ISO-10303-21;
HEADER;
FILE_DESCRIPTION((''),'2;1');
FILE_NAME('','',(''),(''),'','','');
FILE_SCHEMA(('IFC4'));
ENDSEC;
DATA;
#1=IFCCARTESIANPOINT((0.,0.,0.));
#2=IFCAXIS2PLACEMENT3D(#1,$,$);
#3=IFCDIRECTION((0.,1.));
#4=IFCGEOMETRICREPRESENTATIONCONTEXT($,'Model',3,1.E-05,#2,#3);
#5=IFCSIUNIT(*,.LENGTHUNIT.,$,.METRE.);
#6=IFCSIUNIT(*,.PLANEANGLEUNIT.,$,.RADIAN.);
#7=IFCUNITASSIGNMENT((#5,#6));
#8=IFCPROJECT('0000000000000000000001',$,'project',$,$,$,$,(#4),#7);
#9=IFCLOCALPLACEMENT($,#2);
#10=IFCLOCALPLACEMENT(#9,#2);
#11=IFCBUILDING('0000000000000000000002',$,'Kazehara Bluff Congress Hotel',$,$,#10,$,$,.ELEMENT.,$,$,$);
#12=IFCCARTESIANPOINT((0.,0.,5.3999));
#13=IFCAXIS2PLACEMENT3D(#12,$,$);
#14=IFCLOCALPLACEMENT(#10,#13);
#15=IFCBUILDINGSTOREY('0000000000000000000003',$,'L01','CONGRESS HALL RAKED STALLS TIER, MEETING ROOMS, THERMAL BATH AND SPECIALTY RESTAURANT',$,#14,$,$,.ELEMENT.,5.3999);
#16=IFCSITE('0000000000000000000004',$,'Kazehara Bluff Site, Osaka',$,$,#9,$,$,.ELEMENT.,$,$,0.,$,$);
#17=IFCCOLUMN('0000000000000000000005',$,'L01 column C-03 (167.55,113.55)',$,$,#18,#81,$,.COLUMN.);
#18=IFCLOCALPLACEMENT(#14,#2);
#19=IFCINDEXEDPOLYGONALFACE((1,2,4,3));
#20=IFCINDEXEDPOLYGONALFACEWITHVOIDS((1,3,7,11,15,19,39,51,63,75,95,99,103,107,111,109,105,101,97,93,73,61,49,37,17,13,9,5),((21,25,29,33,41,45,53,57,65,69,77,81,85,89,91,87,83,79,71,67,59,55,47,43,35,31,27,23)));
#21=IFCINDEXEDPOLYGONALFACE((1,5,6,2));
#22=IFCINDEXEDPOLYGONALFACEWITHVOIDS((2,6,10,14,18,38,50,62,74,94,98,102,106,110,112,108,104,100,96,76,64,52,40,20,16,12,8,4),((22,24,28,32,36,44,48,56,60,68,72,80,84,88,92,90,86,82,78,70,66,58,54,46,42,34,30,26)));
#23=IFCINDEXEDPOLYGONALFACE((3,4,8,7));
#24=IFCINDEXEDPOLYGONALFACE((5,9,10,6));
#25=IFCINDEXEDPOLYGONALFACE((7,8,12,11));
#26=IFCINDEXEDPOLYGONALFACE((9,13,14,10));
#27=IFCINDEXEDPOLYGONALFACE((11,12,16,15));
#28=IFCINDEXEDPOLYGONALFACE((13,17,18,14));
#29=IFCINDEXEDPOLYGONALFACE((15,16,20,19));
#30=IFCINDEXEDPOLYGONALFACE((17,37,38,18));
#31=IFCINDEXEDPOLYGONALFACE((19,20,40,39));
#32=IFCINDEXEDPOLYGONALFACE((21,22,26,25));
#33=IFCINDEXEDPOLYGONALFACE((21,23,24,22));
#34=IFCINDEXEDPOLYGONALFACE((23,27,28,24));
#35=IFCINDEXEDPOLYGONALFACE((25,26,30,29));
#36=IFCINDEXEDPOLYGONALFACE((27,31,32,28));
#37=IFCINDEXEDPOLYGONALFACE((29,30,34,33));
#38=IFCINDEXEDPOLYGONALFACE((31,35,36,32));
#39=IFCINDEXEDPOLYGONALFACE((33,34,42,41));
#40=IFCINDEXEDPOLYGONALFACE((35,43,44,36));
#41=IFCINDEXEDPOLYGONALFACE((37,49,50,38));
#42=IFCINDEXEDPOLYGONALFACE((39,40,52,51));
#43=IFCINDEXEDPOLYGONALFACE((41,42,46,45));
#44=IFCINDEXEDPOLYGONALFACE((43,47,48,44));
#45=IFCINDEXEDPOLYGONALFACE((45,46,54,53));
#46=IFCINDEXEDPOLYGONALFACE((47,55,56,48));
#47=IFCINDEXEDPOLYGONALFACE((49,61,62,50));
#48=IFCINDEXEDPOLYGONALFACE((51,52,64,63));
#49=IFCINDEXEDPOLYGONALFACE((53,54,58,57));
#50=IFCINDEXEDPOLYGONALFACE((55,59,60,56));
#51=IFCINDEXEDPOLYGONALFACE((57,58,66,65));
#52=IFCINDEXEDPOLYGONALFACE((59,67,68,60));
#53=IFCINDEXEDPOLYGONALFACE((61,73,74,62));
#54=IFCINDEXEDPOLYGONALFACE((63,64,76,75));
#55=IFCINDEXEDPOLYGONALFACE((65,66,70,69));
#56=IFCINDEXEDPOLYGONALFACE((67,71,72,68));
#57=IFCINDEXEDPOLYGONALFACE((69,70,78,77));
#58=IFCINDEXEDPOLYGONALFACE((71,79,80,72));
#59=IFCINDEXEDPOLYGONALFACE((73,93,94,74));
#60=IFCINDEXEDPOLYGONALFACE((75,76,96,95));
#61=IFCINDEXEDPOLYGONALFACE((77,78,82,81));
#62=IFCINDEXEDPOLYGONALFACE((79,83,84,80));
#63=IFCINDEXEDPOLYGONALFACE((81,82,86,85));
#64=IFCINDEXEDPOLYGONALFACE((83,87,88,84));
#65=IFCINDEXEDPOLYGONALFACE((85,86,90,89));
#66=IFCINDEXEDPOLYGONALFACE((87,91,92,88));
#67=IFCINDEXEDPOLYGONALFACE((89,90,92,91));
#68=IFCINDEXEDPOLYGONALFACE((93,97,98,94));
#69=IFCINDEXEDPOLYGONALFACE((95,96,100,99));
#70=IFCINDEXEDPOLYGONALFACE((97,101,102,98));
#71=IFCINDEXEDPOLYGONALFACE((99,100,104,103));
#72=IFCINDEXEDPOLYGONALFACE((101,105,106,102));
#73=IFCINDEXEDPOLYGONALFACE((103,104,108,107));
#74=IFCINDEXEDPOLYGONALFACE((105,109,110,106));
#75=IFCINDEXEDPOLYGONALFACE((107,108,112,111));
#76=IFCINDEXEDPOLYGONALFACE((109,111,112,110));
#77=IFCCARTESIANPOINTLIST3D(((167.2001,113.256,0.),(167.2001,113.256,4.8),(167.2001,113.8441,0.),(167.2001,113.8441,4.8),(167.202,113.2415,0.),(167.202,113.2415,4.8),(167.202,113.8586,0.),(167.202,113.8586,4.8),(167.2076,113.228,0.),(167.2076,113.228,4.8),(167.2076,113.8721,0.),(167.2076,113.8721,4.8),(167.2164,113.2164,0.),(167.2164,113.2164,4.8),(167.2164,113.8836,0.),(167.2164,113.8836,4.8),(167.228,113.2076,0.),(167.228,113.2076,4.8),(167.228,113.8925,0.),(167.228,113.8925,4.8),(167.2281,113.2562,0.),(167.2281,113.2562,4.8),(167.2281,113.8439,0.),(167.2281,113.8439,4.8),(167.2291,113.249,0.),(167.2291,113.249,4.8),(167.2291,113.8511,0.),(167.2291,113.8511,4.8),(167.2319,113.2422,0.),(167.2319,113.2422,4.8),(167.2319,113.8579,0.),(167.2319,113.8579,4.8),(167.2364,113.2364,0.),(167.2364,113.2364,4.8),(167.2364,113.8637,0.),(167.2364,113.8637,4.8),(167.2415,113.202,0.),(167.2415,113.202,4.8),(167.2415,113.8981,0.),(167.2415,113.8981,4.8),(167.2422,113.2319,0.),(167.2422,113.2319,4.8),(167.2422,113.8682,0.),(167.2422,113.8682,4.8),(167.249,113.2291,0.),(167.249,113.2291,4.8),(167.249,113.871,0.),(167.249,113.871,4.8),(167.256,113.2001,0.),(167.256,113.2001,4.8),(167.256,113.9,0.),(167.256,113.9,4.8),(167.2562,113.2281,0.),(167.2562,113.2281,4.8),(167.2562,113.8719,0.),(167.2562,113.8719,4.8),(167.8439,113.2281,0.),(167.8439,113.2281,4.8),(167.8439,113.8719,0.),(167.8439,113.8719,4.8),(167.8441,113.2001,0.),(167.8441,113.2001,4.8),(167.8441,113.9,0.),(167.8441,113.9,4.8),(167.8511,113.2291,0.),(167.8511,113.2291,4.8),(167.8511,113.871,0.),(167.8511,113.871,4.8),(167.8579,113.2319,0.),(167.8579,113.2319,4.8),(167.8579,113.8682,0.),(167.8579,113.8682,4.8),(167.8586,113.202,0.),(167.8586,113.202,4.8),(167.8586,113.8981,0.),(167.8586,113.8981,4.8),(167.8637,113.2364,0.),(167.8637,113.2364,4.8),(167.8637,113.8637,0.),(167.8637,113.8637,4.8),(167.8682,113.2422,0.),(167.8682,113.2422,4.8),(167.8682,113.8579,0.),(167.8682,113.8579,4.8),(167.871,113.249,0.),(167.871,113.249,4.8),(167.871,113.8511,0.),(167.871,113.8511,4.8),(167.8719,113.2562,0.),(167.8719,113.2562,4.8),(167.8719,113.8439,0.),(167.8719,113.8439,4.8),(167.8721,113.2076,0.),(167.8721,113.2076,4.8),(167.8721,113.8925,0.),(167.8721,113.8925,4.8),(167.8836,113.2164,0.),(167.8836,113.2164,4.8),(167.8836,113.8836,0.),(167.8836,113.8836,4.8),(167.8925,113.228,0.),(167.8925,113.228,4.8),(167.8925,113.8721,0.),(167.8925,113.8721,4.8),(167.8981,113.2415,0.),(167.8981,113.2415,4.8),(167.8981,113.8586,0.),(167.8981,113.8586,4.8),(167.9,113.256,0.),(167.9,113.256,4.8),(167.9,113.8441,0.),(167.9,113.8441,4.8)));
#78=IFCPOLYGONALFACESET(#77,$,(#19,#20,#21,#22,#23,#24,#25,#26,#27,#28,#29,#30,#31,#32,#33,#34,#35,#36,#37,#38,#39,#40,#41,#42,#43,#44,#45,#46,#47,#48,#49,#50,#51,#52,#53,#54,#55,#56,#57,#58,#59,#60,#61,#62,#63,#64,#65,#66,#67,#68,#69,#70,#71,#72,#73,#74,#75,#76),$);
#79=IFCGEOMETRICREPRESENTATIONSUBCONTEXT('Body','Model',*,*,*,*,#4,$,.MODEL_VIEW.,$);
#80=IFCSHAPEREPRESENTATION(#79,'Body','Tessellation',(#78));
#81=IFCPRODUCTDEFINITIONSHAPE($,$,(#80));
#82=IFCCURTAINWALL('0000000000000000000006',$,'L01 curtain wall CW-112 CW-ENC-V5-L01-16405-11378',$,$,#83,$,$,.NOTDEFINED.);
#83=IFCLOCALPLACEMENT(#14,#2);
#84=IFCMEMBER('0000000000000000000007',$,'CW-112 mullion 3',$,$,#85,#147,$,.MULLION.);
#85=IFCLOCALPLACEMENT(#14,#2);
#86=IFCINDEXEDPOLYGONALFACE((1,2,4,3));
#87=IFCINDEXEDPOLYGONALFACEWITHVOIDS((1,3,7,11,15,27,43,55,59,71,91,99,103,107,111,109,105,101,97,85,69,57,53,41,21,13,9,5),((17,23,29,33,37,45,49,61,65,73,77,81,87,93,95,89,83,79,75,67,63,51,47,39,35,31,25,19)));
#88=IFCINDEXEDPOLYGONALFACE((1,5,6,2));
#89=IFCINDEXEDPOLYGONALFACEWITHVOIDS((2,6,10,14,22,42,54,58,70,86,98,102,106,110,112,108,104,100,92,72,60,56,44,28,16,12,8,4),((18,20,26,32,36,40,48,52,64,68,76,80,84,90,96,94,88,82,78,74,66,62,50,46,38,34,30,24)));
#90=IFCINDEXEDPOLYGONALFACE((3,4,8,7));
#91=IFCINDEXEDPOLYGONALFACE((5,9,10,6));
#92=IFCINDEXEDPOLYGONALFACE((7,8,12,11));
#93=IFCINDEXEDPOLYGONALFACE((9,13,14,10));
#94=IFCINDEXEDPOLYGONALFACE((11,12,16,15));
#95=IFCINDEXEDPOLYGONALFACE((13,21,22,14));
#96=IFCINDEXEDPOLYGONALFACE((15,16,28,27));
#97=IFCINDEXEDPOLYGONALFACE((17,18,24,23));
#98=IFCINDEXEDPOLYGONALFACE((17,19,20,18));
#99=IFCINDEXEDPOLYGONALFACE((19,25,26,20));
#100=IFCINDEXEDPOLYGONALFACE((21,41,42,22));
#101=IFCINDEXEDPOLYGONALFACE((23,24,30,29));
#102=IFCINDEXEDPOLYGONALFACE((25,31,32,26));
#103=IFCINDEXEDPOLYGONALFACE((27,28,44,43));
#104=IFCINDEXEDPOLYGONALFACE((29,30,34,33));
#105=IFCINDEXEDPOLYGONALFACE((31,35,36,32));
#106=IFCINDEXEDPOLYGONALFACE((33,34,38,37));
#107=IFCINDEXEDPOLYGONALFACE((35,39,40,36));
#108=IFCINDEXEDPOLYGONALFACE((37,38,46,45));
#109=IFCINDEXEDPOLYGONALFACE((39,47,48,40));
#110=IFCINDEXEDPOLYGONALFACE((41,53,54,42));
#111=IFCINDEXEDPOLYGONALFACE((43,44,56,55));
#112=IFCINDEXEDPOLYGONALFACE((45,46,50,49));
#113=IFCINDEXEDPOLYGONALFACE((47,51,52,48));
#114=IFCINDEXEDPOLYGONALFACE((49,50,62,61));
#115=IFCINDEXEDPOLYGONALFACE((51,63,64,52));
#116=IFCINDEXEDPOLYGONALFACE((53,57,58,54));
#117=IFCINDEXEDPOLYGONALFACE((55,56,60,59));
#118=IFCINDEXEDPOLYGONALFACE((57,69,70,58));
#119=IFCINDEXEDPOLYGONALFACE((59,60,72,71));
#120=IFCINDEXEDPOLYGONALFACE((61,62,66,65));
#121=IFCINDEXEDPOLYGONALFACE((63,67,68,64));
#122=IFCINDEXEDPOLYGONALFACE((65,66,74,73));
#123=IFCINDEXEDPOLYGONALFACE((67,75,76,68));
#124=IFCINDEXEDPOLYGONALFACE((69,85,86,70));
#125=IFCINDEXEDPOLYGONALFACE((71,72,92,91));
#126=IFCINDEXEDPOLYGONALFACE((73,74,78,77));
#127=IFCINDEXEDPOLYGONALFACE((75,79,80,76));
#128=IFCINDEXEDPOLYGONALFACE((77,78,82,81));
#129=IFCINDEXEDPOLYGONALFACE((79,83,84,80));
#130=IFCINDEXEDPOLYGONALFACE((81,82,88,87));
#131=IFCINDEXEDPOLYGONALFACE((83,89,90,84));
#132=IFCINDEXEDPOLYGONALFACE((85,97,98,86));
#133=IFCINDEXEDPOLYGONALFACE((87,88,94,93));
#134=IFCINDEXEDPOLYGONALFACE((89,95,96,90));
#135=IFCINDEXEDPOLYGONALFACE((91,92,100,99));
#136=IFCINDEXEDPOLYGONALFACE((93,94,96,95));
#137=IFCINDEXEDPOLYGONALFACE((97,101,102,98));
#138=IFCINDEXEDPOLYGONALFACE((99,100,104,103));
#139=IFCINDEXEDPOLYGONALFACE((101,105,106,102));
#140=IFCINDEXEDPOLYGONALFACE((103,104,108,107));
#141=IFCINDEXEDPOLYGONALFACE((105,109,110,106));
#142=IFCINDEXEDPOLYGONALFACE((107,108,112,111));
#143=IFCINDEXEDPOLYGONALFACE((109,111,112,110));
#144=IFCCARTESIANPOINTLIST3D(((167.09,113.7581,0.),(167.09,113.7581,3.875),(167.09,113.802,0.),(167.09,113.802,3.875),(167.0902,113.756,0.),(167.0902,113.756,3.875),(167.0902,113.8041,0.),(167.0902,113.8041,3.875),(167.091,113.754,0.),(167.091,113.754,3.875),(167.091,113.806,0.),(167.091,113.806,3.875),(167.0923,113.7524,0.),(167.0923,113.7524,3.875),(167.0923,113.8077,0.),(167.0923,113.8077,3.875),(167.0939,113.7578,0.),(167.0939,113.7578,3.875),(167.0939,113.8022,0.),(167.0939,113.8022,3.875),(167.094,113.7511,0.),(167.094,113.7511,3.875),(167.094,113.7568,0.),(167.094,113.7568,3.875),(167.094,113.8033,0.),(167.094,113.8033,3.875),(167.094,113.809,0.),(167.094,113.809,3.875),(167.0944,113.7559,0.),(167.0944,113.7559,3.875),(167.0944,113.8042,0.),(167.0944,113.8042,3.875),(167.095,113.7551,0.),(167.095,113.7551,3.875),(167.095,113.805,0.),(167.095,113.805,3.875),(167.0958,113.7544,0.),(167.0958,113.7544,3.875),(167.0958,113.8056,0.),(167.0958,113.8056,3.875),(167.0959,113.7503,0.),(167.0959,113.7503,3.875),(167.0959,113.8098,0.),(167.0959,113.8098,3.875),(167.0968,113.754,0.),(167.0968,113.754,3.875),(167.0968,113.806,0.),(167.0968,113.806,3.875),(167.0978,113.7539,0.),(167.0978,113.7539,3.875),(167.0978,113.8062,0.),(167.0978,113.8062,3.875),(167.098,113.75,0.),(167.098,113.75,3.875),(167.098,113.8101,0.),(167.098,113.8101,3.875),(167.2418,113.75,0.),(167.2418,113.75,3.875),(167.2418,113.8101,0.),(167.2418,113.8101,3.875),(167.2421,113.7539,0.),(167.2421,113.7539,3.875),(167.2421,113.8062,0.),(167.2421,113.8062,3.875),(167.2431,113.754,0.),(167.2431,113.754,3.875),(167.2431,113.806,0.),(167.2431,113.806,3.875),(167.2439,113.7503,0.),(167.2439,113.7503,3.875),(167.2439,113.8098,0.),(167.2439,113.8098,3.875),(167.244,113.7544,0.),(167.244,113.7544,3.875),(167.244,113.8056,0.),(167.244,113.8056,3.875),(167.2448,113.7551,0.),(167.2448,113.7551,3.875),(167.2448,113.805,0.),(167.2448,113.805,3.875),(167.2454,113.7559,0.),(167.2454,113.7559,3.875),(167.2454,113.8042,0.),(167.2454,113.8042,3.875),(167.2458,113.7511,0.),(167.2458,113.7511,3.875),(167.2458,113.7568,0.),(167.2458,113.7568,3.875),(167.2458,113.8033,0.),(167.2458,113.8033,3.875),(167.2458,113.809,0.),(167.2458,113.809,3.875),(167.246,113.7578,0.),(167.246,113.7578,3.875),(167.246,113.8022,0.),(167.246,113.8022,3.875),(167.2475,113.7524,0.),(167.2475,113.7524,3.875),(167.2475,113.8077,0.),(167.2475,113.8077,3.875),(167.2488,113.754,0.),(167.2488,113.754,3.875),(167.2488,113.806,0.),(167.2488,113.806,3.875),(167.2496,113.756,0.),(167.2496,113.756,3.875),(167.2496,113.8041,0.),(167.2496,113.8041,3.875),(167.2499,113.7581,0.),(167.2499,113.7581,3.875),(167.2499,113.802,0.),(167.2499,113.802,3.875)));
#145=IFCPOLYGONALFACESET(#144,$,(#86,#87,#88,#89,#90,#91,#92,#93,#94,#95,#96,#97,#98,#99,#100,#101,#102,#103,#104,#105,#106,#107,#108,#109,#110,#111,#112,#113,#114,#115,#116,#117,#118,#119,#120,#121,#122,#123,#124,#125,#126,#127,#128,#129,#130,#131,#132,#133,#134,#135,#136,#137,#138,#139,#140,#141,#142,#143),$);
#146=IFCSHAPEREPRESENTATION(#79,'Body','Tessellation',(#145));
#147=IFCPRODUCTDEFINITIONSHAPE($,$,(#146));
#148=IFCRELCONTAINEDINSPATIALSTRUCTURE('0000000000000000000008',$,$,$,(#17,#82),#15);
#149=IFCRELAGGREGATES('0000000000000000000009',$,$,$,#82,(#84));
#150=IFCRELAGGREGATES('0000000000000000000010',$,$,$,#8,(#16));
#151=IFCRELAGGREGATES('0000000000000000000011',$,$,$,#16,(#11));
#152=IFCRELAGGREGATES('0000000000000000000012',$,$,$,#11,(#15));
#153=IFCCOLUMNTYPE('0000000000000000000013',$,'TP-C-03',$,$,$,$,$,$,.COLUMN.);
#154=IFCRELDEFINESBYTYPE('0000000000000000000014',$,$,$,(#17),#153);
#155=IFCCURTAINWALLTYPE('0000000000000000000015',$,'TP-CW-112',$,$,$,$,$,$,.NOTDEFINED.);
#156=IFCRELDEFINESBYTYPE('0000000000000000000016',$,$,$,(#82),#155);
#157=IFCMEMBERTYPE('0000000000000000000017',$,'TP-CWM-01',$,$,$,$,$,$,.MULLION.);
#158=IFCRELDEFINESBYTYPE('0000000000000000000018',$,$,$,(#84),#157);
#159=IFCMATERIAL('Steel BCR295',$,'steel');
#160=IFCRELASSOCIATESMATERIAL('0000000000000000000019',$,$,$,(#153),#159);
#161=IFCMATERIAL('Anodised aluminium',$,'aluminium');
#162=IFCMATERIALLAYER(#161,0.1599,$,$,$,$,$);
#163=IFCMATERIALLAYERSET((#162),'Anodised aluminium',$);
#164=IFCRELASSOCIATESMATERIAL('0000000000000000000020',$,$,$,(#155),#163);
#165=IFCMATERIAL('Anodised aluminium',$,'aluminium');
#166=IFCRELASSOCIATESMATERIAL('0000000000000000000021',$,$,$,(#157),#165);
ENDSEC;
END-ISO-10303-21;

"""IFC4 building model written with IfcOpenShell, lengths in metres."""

from ifc_helpers import new_model, si_unit, direction, frame, origin, origin_2d, place, context, subcontext, project, spatial, hollow_rectangle, extrude, material, layer, layer_set, material_profile, profile_set, type_object, element, aggregate, save


model = new_model("IFC4")

# Units and contexts
model_context = context("Model", 3, precision=1e-05, world=origin(), true_north=direction((0.0, 1.0)))
body_context = subcontext(model_context, "Body", "Model", "MODEL_VIEW")
ifc_project = project(units=[si_unit("LENGTHUNIT", "METRE"), si_unit("PLANEANGLEUNIT", "RADIAN")], contexts=[model_context])

# Site, building, storey
site_placement = place(None, origin())
site = spatial("IfcSite", under=ifc_project, at=site_placement, Name="Kazehara Bluff Site, Osaka", CompositionType="ELEMENT", RefElevation=0.0)
building_placement = place(site_placement, origin())
building = spatial("IfcBuilding", under=site, at=building_placement, Name="Kazehara Bluff Congress Hotel", CompositionType="ELEMENT")
storey_placement = place(building_placement, frame((0.0, 0.0, 5.3999)))
storey = spatial("IfcBuildingStorey", under=building, at=storey_placement, Name="L01", Description="CONGRESS HALL RAKED STALLS TIER, MEETING ROOMS, THERMAL BATH AND SPECIALTY RESTAURANT", CompositionType="ELEMENT", Elevation=5.3999)

# Column
ifc_material_1 = material(Name="Steel BCR295", Category="steel")
ifc_material_profile_1 = material_profile(ifc_material_1, hollow_rectangle(XDim=0.7, YDim=0.7, WallThickness=0.0281, InnerFilletRadius=0.0281, OuterFilletRadius=0.0559, at=origin_2d()))
ifc_profile_set_1 = profile_set([ifc_material_profile_1], Name="Steel BCR295")
column_type = type_object("IfcColumnType", Name="TP-C-03", PredefinedType="COLUMN", material=ifc_profile_set_1)
column_placement = place(storey_placement, frame((167.55, 113.55, 0.0), z_axis=(0.0, 0.0, 1.0), x_axis=(1.0, 0.0, 0.0)))
element("IfcColumn", 1, at=column_placement, inside=storey, type_object=column_type, Name="L01 column C-03 (167.55,113.55)", PredefinedType="COLUMN", context=body_context, shape_type="SweptSolid", body=[
    extrude(hollow_rectangle(XDim=0.7, YDim=0.7, WallThickness=0.0281, InnerFilletRadius=0.0281, OuterFilletRadius=0.0559, at=origin_2d()), origin(), (0.0, 0.0, 1.0), 4.8),
])

# Curtain wall, member
ifc_material_2 = material(Name="Anodised aluminium", Category="aluminium")
ifc_layer_1 = layer(ifc_material_2, 0.1599)
ifc_layer_set_1 = layer_set([ifc_layer_1], Name="Anodised aluminium")
curtain_wall_type_1 = type_object("IfcCurtainWallType", Name="TP-CW-112", PredefinedType="NOTDEFINED", material=ifc_layer_set_1)
curtain_wall_1_placement = place(storey_placement, origin())
curtain_wall_1 = element("IfcCurtainWall", 2, at=curtain_wall_1_placement, inside=storey, type_object=curtain_wall_type_1, Name="L01 curtain wall CW-112 CW-ENC-V5-L01-16405-11378", PredefinedType="NOTDEFINED")
ifc_material_3 = material(Name="Anodised aluminium", Category="aluminium")
ifc_material_profile_2 = material_profile(ifc_material_3, hollow_rectangle(XDim=0.0601, YDim=0.1599, WallThickness=0.0039, InnerFilletRadius=0.0039, OuterFilletRadius=0.0081, at=origin_2d()))
ifc_profile_set_2 = profile_set([ifc_material_profile_2], Name="Anodised aluminium")
member_type_1 = type_object("IfcMemberType", Name="TP-CWM-01", PredefinedType="MULLION", material=ifc_profile_set_2)
member_1_placement = place(storey_placement, frame((167.1699, 113.78, 0.0), z_axis=(0.0, 0.0, 1.0), x_axis=(0.0, 1.0, 0.0)))
member_1 = element("IfcMember", 3, at=member_1_placement, type_object=member_type_1, Name="CW-112 mullion 3", PredefinedType="MULLION", context=body_context, shape_type="SweptSolid", body=[
    extrude(hollow_rectangle(XDim=0.0601, YDim=0.1599, WallThickness=0.0039, InnerFilletRadius=0.0039, OuterFilletRadius=0.0081, at=origin_2d()), origin(), (0.0, 0.0, 1.0), 3.875),
])

aggregate(curtain_wall_1, [member_1])

save(model, "model.ifc")
